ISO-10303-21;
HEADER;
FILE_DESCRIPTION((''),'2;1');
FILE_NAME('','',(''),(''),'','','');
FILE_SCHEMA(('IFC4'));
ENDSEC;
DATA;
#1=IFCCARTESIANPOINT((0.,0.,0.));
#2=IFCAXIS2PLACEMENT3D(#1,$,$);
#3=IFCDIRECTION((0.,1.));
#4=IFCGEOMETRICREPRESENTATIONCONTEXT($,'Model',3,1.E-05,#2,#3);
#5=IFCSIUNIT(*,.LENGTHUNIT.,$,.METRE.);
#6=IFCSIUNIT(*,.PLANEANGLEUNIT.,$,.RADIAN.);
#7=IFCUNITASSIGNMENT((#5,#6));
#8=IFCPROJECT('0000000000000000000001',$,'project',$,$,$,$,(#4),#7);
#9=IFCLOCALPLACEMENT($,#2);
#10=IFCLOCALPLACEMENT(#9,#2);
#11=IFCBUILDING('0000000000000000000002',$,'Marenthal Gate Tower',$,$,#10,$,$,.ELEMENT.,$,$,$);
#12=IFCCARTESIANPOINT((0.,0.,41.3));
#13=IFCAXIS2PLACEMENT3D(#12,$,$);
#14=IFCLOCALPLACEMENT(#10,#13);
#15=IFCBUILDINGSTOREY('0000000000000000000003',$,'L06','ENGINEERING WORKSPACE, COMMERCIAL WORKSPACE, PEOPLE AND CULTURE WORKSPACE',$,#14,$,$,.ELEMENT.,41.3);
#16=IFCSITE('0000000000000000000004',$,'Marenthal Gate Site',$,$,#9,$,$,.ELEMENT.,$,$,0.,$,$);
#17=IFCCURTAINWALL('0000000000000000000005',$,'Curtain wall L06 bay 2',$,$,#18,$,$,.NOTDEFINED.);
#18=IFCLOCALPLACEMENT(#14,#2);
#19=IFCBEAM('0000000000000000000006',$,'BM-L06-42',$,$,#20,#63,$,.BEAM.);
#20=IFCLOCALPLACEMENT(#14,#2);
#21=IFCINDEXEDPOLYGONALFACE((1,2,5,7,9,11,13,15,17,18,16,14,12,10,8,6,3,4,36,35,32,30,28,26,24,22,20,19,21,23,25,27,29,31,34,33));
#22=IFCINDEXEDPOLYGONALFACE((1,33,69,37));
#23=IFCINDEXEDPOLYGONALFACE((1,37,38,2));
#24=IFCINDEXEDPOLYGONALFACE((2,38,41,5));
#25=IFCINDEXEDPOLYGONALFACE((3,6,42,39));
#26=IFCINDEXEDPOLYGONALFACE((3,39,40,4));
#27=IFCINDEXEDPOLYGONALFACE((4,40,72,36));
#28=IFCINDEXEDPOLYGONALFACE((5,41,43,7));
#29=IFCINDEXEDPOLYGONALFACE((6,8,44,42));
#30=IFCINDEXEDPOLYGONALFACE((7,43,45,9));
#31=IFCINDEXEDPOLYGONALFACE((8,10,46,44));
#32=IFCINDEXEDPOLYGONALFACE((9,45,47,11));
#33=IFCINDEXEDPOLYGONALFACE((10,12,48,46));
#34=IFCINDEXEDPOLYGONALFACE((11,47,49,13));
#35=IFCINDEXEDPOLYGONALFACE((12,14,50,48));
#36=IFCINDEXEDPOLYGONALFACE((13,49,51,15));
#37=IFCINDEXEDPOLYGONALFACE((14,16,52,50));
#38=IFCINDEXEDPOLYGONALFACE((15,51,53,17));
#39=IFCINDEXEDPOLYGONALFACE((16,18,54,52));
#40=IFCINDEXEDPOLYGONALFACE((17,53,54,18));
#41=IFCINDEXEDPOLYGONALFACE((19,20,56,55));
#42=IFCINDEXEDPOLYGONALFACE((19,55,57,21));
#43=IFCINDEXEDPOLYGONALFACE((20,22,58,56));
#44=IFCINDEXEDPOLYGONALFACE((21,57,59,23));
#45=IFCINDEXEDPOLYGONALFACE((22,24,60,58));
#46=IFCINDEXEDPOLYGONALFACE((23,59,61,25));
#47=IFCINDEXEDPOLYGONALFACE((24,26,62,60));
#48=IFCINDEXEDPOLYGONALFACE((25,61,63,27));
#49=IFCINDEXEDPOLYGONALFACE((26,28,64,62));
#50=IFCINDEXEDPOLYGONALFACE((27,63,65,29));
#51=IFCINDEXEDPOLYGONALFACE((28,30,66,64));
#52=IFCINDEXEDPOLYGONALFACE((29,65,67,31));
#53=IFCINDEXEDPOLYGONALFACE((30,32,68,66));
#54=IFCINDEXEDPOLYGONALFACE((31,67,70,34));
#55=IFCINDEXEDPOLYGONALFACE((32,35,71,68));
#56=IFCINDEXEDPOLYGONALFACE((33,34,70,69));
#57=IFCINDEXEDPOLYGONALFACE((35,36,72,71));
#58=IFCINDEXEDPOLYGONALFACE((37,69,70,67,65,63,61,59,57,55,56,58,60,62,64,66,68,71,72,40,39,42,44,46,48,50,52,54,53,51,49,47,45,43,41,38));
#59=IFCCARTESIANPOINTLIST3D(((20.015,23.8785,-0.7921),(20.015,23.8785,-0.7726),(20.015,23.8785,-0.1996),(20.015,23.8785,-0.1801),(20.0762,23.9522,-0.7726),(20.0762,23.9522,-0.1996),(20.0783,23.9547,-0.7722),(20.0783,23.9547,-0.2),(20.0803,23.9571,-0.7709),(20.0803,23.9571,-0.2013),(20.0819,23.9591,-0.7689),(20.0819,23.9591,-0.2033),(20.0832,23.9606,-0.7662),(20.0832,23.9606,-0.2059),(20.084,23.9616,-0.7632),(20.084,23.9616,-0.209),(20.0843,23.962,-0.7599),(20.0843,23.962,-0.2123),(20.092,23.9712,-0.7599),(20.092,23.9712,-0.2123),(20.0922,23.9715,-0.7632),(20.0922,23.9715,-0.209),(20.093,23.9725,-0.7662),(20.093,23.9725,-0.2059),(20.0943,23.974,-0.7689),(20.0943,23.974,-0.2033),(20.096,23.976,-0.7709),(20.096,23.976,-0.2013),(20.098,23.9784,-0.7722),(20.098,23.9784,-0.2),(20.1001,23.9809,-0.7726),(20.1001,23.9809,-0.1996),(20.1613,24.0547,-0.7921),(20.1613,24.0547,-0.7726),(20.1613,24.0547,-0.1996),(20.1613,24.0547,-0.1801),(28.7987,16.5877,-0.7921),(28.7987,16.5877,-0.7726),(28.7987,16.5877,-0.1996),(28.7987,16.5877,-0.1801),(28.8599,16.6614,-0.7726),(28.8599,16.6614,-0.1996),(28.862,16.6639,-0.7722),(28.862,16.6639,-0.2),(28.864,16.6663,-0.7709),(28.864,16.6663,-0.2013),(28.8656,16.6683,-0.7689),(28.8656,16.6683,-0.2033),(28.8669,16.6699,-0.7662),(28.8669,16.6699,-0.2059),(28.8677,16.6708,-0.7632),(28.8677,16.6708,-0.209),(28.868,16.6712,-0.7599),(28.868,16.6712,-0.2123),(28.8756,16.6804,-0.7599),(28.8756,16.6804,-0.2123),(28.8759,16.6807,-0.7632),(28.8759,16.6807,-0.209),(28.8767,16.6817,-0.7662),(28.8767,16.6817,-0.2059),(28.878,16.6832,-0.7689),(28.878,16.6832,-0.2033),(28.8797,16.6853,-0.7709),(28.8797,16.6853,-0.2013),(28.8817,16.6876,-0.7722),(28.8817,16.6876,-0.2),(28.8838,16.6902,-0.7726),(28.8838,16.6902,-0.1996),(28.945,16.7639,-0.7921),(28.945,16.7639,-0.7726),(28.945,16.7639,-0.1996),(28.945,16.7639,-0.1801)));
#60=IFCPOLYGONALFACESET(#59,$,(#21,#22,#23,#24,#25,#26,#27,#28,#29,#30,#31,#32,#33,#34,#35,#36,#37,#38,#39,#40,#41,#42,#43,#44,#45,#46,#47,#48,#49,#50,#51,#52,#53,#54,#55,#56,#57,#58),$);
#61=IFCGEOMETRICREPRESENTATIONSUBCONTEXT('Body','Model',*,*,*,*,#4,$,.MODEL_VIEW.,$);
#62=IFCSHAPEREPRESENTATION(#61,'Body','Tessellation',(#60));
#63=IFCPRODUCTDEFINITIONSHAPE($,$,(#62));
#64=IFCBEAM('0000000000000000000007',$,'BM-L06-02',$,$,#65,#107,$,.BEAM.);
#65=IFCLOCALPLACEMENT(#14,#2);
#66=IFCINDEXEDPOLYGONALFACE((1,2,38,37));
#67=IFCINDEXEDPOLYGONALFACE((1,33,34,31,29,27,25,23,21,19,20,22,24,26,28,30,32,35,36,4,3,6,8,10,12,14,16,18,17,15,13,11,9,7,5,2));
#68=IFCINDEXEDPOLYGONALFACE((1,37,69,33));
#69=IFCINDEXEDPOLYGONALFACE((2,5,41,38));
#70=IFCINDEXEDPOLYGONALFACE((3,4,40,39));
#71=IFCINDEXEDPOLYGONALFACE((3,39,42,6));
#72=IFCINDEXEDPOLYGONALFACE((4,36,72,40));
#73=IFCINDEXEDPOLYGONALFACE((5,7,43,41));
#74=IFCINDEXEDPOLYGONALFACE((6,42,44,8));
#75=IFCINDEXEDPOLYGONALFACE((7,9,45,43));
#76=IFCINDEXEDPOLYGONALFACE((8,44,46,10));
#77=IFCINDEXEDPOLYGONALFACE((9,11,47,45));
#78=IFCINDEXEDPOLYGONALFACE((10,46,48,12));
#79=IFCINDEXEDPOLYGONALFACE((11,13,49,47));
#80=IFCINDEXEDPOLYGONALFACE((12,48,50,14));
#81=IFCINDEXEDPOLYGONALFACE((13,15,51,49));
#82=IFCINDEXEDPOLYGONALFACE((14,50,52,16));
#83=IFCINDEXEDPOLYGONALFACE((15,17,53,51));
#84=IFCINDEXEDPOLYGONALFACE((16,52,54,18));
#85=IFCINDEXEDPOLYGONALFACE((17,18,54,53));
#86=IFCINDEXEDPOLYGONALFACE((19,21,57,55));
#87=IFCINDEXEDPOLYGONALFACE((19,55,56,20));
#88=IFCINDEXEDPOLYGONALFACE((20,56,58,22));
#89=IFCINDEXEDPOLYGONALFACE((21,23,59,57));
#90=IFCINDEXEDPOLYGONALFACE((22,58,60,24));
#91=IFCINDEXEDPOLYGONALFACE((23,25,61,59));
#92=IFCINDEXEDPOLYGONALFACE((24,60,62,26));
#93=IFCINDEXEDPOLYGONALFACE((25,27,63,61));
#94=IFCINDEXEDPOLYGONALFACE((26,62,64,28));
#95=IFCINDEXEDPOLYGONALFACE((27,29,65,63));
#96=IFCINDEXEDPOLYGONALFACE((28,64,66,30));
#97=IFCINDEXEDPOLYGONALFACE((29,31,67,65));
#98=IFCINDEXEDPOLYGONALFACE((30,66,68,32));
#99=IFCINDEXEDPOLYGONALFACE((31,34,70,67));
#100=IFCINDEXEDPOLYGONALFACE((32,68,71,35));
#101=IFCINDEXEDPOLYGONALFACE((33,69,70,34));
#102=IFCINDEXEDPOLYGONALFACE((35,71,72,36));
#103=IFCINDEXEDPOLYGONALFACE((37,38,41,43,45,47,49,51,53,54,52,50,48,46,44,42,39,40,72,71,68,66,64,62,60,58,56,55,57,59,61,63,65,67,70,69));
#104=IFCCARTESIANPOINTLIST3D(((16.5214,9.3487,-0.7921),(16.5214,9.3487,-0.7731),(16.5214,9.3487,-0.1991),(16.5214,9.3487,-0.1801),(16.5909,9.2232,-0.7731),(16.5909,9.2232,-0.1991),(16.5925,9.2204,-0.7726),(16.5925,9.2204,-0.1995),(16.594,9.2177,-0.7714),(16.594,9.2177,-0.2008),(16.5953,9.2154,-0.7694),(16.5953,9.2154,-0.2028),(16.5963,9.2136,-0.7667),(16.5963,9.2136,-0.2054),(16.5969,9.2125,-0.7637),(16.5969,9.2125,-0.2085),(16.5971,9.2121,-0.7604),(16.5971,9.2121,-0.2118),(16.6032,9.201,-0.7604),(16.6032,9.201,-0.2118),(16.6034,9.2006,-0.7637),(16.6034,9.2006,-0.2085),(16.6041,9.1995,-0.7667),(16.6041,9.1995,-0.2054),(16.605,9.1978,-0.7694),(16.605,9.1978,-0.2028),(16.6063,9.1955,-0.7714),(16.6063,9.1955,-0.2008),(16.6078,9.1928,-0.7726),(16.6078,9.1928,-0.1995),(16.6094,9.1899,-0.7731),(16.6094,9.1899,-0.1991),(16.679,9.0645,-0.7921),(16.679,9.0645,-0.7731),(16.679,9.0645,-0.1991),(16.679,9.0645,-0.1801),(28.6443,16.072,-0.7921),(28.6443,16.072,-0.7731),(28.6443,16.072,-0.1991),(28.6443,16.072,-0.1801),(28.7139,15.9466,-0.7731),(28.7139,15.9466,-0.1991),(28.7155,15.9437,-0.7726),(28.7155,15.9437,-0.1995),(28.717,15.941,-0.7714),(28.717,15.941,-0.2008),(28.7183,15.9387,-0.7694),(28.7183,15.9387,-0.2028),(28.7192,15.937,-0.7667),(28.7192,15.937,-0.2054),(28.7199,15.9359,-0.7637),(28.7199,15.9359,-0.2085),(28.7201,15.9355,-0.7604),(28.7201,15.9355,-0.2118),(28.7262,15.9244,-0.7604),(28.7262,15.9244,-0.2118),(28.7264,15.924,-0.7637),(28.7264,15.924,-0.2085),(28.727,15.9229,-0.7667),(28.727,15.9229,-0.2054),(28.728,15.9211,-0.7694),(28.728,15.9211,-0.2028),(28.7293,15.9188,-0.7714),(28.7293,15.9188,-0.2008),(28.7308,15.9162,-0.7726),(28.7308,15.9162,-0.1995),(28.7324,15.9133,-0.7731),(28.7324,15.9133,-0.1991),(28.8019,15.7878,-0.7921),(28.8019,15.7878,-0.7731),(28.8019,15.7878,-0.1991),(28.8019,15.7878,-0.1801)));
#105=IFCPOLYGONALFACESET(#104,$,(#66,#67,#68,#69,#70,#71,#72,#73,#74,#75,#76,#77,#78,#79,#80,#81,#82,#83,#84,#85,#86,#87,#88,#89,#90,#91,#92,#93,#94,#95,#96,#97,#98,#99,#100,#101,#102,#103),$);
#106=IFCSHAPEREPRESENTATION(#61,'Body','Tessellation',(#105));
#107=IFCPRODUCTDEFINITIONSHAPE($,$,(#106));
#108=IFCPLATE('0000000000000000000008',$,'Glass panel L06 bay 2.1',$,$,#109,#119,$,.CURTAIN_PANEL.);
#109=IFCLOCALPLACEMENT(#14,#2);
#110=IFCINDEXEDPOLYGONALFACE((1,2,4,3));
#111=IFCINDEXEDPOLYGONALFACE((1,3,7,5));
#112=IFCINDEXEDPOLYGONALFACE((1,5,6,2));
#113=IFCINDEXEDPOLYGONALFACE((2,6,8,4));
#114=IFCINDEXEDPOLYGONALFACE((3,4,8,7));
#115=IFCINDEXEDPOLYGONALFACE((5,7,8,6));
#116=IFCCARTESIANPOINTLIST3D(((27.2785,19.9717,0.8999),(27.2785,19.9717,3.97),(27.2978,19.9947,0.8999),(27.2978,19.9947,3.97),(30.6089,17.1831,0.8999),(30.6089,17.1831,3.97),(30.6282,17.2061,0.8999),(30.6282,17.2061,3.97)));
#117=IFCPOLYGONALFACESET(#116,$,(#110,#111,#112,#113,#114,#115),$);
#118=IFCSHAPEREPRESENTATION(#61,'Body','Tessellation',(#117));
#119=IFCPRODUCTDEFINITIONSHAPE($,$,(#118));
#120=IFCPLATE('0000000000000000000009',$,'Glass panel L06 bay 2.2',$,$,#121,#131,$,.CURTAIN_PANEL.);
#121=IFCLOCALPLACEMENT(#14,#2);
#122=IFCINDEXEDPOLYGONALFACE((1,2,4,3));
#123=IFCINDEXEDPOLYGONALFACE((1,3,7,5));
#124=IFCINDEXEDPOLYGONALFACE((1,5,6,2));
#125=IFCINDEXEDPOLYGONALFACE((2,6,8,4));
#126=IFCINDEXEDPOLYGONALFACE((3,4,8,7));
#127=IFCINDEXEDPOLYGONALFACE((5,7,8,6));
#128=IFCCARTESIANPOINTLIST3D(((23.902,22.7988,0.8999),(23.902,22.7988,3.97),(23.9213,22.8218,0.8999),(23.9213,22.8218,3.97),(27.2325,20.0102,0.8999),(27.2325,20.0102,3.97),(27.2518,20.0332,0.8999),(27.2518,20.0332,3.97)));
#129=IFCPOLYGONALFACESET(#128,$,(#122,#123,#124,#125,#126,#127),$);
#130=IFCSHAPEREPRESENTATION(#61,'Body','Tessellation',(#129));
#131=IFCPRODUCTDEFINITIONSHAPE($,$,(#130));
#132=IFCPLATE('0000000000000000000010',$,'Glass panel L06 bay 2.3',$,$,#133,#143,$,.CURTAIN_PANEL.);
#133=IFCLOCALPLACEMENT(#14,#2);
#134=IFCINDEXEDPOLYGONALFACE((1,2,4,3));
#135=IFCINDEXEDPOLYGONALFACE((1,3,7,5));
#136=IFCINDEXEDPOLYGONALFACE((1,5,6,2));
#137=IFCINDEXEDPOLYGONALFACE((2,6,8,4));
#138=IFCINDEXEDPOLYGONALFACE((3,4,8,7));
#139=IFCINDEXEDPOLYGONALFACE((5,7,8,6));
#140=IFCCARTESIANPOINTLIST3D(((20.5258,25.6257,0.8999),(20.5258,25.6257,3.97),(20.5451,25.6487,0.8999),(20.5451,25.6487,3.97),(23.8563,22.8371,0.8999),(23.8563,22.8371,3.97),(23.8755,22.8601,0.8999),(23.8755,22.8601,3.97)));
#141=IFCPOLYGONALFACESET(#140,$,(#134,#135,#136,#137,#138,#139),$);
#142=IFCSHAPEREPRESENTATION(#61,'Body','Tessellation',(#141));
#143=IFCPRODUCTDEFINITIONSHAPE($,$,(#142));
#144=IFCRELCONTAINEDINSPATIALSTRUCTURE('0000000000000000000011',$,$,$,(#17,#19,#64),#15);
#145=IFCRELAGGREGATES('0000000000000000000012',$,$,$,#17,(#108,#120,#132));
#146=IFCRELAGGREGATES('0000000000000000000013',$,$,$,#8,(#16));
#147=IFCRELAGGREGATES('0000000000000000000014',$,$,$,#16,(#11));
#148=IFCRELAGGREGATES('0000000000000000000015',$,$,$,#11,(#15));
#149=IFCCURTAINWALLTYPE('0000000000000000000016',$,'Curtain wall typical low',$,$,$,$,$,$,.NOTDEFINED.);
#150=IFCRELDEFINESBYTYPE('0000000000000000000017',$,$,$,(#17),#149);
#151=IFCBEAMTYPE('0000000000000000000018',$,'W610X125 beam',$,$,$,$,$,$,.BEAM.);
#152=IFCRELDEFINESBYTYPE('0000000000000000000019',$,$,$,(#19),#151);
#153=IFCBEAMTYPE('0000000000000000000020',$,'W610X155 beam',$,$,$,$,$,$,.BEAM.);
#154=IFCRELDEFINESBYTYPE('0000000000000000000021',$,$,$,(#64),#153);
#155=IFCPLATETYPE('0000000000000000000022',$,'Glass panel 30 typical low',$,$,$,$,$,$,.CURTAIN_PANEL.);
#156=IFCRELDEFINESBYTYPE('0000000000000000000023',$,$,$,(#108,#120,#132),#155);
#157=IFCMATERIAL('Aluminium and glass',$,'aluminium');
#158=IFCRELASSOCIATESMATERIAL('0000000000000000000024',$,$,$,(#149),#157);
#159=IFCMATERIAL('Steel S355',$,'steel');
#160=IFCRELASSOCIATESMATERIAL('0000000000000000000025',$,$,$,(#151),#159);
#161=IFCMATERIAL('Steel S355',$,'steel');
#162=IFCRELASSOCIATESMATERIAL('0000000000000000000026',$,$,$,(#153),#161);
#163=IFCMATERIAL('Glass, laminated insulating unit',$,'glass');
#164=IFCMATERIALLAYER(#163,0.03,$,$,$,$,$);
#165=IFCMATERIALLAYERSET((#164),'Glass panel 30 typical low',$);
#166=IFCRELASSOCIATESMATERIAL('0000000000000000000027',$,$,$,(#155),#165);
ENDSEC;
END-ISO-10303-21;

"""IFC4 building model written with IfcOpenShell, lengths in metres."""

from ifc_helpers import new_model, si_unit, direction, frame, origin, origin_2d, place, context, subcontext, project, spatial, rectangle, i_section, extrude, material, layer, layer_set, material_profile, profile_set, type_object, element, aggregate, save


model = new_model("IFC4")

# Units and contexts
model_context = context("Model", 3, precision=1e-05, world=origin(), true_north=direction((0.0, 1.0)))
body_context = subcontext(model_context, "Body", "Model", "MODEL_VIEW")
ifc_project = project(units=[si_unit("LENGTHUNIT", "METRE"), si_unit("PLANEANGLEUNIT", "RADIAN")], contexts=[model_context])

# Site, building, storey
site_placement = place(None, origin())
site = spatial("IfcSite", under=ifc_project, at=site_placement, Name="Marenthal Gate Site", CompositionType="ELEMENT", RefElevation=0.0)
building_placement = place(site_placement, origin())
building = spatial("IfcBuilding", under=site, at=building_placement, Name="Marenthal Gate Tower", CompositionType="ELEMENT")
storey_placement = place(building_placement, frame((0.0, 0.0, 41.3)))
storey = spatial("IfcBuildingStorey", under=building, at=storey_placement, Name="L06", Description="ENGINEERING WORKSPACE, COMMERCIAL WORKSPACE, PEOPLE AND CULTURE WORKSPACE", CompositionType="ELEMENT", Elevation=41.3)

# Curtain wall
ifc_material_1 = material(Name="Aluminium and glass", Category="aluminium")
curtain_wall_type = type_object("IfcCurtainWallType", Name="Curtain wall typical low", PredefinedType="NOTDEFINED", material=ifc_material_1)
curtain_wall_placement = place(storey_placement, origin())
curtain_wall = element("IfcCurtainWall", 1, at=curtain_wall_placement, inside=storey, type_object=curtain_wall_type, Name="Curtain wall L06 bay 2", PredefinedType="NOTDEFINED")

# Beams
ifc_material_2 = material(Name="Steel S355", Category="steel")
ifc_material_profile_1 = material_profile(ifc_material_2, i_section(OverallWidth=0.229, OverallDepth=0.6121, WebThickness=0.012, FlangeThickness=0.0195, FilletRadius=0.0127, at=origin_2d()), Name="W610X125")
ifc_profile_set_1 = profile_set([ifc_material_profile_1], Name="Steel S355")
beam_type_1 = type_object("IfcBeamType", Name="W610X125 beam", PredefinedType="BEAM", material=ifc_profile_set_1)
beam_1_placement = place(storey_placement, frame((28.8718, 16.6758, -0.4861), z_axis=(-0.769468, 0.638685, 0.0), x_axis=(-0.638685, -0.769468, 0.0)))
element("IfcBeam", 2, at=beam_1_placement, inside=storey, type_object=beam_type_1, Name="BM-L06-42", PredefinedType="BEAM", context=body_context, shape_type="SweptSolid", body=[
    extrude(i_section(OverallWidth=0.229, OverallDepth=0.6121, WebThickness=0.012, FlangeThickness=0.0195, FilletRadius=0.0127, at=origin_2d()), origin(), (0.0, 0.0, 1.0), 11.4153),
])
ifc_material_3 = material(Name="Steel S355", Category="steel")
ifc_material_profile_2 = material_profile(ifc_material_3, i_section(OverallWidth=0.325, OverallDepth=0.6121, WebThickness=0.0127, FlangeThickness=0.019, FilletRadius=0.0127, at=origin_2d()), Name="W610X155")
ifc_profile_set_2 = profile_set([ifc_material_profile_2], Name="Steel S355")
beam_type_2 = type_object("IfcBeamType", Name="W610X155 beam", PredefinedType="BEAM", material=ifc_profile_set_2)
beam_2_placement = place(storey_placement, frame((28.7231, 15.9299, -0.4861), z_axis=(-0.874513, -0.485001, 0.0), x_axis=(0.485001, -0.874513, 0.0)))
element("IfcBeam", 3, at=beam_2_placement, inside=storey, type_object=beam_type_2, Name="BM-L06-02", PredefinedType="BEAM", context=body_context, shape_type="SweptSolid", body=[
    extrude(i_section(OverallWidth=0.325, OverallDepth=0.6121, WebThickness=0.0127, FlangeThickness=0.019, FilletRadius=0.0127, at=origin_2d()), origin(), (0.0, 0.0, 1.0), 13.8625),
])

# Plates
ifc_material_4 = material(Name="Glass, laminated insulating unit", Category="glass")
ifc_layer_1 = layer(ifc_material_4, 0.03)
ifc_layer_set_1 = layer_set([ifc_layer_1], Name="Glass panel 30 typical low")
plate_type = type_object("IfcPlateType", Name="Glass panel 30 typical low", PredefinedType="CURTAIN_PANEL", material=ifc_layer_set_1)
plate_1_placement = place(storey_placement, frame((28.9534, 18.5889, 0.8999), z_axis=(0.0, 0.0, 1.0), x_axis=(-0.76672, 0.641982, 0.0)))
plate_1 = element("IfcPlate", 4, at=plate_1_placement, type_object=plate_type, Name="Glass panel L06 bay 2.1", PredefinedType="CURTAIN_PANEL", context=body_context, shape_type="SweptSolid", body=[
    extrude(rectangle(XDim=4.3438, YDim=0.03, at=origin_2d()), origin(), (0.0, 0.0, 1.0), 3.0701),
])
plate_2_placement = place(storey_placement, frame((25.5769, 21.416, 0.8999), z_axis=(0.0, 0.0, 1.0), x_axis=(-0.76672, 0.641982, 0.0)))
plate_2 = element("IfcPlate", 5, at=plate_2_placement, type_object=plate_type, Name="Glass panel L06 bay 2.2", PredefinedType="CURTAIN_PANEL", context=body_context, shape_type="SweptSolid", body=[
    extrude(rectangle(XDim=4.3438, YDim=0.03, at=origin_2d()), origin(), (0.0, 0.0, 1.0), 3.0701),
])
plate_3_placement = place(storey_placement, frame((22.2007, 24.2429, 0.8999), z_axis=(0.0, 0.0, 1.0), x_axis=(-0.76672, 0.641982, 0.0)))
plate_3 = element("IfcPlate", 6, at=plate_3_placement, type_object=plate_type, Name="Glass panel L06 bay 2.3", PredefinedType="CURTAIN_PANEL", context=body_context, shape_type="SweptSolid", body=[
    extrude(rectangle(XDim=4.3438, YDim=0.03, at=origin_2d()), origin(), (0.0, 0.0, 1.0), 3.0701),
])
aggregate(curtain_wall, [plate_1, plate_2, plate_3])

save(model, "model.ifc")
